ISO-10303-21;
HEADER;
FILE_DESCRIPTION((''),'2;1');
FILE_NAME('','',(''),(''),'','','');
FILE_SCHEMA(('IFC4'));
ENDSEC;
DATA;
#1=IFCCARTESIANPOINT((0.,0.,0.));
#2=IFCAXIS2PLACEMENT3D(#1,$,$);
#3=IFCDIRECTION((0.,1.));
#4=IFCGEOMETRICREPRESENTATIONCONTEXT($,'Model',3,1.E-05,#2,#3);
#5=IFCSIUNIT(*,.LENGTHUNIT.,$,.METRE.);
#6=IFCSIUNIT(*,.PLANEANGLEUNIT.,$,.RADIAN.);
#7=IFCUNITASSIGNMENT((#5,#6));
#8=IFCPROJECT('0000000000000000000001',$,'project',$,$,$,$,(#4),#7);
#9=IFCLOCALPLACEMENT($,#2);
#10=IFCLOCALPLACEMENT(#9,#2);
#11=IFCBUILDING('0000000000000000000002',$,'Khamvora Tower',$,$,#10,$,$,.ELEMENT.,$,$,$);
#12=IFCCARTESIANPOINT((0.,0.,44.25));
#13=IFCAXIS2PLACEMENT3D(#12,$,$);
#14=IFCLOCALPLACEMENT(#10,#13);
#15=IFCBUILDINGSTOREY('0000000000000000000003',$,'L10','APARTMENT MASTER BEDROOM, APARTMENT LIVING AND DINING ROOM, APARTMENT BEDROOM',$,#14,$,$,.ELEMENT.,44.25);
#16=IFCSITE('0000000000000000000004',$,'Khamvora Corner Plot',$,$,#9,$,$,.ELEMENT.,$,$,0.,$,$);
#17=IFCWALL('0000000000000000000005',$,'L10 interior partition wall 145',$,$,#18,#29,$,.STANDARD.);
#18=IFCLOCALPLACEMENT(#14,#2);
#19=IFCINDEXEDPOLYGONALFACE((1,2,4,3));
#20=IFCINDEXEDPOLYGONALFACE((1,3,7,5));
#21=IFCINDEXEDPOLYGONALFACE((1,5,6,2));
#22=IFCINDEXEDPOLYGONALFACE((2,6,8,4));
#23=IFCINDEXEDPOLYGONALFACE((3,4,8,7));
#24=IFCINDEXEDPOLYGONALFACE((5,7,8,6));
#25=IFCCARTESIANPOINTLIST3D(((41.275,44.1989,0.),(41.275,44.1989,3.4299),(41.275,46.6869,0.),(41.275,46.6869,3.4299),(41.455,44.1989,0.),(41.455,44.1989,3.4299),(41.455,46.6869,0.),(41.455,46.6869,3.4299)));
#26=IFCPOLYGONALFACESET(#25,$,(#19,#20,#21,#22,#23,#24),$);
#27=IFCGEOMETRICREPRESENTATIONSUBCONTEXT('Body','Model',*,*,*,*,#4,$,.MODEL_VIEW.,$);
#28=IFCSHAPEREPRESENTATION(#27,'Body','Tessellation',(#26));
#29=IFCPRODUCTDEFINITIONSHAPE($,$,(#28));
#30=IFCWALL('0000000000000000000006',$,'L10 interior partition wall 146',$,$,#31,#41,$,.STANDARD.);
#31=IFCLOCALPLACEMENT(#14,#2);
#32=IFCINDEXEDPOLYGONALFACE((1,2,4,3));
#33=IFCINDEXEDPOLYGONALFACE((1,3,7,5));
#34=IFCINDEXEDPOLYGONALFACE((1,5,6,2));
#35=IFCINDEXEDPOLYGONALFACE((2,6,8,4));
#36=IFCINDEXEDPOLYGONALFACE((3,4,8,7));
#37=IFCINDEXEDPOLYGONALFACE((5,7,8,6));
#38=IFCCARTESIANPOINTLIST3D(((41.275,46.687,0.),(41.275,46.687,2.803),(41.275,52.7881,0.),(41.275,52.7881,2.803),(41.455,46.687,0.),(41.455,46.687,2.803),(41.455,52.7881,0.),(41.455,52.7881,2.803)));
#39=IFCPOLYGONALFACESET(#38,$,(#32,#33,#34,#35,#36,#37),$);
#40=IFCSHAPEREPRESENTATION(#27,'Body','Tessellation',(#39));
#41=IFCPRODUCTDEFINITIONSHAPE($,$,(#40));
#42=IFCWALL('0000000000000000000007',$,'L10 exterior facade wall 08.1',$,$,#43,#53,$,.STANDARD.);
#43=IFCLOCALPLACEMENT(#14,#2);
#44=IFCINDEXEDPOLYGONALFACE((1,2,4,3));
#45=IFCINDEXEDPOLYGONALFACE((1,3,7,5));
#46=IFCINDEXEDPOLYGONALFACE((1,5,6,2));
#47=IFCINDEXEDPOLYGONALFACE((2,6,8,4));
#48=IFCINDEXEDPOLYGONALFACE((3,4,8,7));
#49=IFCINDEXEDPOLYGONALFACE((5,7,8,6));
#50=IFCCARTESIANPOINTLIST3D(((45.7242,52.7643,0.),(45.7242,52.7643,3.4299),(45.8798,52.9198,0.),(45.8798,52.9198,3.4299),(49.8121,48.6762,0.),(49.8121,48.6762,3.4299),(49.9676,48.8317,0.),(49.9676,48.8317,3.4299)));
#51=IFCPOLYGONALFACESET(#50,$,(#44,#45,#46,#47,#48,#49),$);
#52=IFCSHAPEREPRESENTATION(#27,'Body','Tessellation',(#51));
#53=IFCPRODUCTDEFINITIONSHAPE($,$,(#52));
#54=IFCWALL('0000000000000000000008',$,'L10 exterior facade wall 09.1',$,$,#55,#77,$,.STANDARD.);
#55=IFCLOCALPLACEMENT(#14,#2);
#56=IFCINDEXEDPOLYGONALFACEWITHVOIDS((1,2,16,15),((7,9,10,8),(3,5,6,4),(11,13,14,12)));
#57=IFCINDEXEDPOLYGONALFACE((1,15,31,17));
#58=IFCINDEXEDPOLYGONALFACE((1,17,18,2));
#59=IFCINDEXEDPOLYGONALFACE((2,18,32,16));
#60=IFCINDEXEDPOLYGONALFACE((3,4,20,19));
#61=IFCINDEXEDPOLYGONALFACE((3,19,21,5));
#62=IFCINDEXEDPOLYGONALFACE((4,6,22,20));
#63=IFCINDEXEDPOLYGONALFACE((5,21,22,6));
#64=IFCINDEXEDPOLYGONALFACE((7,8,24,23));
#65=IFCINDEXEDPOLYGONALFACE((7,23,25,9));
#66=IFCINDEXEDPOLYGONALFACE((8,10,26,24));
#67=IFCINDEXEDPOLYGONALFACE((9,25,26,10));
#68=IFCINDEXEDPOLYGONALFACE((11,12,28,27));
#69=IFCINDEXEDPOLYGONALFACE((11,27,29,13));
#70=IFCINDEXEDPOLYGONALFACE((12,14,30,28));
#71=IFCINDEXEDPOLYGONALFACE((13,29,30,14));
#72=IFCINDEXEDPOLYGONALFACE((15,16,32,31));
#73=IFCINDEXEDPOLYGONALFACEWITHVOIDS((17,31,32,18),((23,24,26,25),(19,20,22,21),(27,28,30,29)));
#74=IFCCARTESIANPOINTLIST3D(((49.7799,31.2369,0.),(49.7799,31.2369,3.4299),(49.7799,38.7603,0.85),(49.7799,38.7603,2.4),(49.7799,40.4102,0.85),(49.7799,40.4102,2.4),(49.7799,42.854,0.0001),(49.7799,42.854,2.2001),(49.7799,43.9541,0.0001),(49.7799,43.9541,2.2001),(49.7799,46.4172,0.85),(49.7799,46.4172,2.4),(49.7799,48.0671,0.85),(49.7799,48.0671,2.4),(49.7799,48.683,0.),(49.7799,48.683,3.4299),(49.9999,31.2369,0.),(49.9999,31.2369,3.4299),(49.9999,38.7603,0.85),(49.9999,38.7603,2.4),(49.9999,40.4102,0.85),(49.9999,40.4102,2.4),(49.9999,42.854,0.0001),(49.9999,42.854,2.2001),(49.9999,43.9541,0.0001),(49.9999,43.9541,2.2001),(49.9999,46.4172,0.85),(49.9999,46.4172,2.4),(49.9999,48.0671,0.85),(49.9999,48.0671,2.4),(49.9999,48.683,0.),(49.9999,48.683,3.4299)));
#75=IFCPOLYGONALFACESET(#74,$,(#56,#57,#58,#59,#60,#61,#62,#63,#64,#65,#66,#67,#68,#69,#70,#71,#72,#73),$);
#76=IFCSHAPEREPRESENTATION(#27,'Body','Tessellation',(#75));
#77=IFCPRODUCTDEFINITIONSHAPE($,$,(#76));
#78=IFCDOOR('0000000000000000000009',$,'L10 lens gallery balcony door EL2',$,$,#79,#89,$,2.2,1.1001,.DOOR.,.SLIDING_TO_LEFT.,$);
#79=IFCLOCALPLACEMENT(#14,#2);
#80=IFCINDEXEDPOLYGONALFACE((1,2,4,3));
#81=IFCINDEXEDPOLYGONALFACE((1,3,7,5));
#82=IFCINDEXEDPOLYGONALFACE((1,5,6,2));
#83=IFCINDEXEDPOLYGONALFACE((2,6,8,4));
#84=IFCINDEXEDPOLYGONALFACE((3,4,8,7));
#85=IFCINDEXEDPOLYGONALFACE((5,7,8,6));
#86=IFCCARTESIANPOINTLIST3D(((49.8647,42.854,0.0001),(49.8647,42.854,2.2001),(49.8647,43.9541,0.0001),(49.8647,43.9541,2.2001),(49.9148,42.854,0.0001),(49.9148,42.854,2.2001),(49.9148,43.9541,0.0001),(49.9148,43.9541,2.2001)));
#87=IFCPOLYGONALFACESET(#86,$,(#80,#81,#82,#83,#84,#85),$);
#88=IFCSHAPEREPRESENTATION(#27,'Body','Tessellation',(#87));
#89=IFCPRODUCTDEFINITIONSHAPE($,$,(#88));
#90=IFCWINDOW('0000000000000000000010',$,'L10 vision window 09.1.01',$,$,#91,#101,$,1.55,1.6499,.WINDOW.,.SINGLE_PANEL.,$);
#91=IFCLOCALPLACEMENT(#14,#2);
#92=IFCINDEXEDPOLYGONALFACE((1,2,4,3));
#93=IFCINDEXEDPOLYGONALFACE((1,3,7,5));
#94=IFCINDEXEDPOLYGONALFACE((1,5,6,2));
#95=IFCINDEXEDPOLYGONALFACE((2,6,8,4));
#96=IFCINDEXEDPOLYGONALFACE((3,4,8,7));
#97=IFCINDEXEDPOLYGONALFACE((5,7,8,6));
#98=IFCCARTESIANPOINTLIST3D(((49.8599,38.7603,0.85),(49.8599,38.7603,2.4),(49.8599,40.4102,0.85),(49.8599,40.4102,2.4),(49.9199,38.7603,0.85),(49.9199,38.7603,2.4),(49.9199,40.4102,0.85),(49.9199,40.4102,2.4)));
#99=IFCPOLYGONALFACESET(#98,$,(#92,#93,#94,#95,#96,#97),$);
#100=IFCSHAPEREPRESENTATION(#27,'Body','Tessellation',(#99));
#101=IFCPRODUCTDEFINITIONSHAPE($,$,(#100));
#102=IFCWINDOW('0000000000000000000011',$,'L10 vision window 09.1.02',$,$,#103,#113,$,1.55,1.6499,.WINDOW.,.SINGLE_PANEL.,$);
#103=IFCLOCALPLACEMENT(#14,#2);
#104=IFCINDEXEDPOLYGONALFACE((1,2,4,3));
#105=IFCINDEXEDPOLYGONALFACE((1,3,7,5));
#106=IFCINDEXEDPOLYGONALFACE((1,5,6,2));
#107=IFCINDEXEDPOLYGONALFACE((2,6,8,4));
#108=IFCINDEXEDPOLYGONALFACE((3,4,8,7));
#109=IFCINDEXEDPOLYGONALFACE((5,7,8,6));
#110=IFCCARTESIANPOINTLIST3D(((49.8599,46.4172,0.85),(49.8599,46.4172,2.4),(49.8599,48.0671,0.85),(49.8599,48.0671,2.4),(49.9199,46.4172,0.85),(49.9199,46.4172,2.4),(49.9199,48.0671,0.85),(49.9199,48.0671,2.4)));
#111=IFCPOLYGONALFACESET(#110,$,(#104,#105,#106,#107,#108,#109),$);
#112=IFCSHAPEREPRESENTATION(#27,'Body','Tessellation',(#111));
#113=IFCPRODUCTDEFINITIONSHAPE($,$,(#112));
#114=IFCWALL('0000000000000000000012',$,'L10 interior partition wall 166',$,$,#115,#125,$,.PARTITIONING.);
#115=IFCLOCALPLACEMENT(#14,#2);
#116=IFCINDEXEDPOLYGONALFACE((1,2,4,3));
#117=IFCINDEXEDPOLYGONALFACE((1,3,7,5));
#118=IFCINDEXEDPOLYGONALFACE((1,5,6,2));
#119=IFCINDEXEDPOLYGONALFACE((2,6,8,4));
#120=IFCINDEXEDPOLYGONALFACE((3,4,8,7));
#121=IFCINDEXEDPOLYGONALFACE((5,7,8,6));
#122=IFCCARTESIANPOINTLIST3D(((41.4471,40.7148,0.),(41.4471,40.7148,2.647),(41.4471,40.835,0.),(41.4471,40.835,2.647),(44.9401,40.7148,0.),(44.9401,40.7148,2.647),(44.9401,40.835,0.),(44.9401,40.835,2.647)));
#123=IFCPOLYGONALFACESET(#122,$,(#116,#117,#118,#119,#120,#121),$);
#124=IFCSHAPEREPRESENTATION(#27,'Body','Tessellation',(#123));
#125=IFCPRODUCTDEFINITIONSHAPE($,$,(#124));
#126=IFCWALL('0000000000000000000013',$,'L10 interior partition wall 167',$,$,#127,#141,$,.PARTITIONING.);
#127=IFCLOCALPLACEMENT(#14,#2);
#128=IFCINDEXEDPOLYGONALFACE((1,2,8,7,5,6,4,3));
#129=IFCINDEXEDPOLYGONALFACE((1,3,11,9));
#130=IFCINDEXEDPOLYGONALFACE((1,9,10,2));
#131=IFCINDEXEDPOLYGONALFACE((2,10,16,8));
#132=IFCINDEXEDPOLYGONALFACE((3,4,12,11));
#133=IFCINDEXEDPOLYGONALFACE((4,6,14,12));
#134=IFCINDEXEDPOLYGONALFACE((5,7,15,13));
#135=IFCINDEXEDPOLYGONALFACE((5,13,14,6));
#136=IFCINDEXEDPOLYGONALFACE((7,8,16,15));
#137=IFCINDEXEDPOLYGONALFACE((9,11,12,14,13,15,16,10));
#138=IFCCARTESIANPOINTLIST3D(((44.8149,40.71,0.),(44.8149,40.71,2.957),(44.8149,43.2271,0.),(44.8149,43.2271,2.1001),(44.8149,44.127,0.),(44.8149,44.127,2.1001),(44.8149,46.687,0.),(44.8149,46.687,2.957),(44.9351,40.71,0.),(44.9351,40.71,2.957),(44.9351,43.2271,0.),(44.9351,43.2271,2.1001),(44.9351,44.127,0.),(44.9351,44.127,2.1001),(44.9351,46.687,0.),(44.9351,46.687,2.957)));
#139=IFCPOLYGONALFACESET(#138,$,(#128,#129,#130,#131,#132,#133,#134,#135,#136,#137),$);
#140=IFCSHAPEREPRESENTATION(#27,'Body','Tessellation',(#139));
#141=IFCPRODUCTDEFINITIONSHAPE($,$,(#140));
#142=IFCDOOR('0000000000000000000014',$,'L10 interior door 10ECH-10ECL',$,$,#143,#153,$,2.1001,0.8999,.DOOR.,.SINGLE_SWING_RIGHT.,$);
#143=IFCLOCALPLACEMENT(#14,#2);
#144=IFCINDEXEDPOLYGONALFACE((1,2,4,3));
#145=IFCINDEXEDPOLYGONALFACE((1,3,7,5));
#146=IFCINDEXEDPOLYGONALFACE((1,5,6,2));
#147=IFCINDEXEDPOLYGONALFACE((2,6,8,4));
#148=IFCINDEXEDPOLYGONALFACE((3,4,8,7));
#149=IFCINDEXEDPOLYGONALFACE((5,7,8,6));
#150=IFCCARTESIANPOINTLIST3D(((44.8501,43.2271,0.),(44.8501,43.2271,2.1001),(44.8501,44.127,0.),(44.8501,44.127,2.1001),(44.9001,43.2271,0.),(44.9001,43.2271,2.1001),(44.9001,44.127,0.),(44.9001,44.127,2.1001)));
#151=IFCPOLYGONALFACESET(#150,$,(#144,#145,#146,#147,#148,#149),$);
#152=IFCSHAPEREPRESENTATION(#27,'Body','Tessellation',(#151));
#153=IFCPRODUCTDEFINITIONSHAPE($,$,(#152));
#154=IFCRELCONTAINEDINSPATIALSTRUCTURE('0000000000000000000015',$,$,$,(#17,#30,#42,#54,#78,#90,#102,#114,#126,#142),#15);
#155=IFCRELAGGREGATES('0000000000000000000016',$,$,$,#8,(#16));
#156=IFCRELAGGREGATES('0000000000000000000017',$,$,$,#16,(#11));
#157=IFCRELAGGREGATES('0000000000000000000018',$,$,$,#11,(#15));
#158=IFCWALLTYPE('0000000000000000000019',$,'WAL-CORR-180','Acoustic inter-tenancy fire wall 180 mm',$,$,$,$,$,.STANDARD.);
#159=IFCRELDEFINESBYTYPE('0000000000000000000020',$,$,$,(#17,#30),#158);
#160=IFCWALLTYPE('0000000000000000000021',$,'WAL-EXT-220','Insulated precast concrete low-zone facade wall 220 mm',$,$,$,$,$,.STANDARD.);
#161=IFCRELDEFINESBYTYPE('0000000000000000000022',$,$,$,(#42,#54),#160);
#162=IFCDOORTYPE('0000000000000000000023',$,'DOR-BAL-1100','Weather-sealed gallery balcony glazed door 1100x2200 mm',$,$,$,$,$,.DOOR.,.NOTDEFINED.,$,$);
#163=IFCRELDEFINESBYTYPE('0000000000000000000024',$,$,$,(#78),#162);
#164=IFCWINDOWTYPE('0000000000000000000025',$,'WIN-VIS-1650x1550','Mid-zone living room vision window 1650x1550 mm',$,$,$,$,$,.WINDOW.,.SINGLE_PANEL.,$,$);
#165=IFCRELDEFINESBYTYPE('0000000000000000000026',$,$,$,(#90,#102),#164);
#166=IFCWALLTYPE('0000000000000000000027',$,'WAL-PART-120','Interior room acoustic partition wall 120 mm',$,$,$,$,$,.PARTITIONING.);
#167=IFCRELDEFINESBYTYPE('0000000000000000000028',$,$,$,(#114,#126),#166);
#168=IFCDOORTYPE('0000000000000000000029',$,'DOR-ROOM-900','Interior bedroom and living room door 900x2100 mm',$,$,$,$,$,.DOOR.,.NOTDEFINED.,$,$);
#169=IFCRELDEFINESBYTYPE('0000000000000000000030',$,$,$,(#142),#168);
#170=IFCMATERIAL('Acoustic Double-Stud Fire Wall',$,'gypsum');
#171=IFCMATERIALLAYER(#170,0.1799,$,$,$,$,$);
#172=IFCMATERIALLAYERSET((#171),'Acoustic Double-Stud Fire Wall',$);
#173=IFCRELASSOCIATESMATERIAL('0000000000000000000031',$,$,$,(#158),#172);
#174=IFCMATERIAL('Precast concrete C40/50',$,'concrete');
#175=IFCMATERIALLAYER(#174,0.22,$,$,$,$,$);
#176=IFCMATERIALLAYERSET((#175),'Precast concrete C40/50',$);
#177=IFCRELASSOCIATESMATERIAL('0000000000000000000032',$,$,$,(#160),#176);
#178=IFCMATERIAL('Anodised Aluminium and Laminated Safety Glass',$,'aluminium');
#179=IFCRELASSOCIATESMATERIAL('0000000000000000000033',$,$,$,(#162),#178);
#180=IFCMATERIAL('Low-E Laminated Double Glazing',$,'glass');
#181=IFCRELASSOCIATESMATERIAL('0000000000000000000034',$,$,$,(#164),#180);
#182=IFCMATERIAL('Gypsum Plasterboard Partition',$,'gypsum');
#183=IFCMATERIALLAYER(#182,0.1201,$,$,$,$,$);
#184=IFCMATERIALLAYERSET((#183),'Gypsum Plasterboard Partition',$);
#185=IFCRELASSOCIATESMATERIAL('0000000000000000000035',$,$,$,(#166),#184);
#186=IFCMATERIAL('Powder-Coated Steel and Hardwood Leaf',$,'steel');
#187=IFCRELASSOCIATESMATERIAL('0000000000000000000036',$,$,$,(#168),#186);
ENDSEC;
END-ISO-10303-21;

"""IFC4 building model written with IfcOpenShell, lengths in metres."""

from ifc_helpers import new_model, si_unit, direction, frame, frame_2d, origin, place, context, subcontext, project, spatial, rectangle, extrude, material, layer, layer_set, type_object, element, fill, save


model = new_model("IFC4")

# Units and contexts
model_context = context("Model", 3, precision=1e-05, world=origin(), true_north=direction((0.0, 1.0)))
body_context = subcontext(model_context, "Body", "Model", "MODEL_VIEW")
ifc_project = project(units=[si_unit("LENGTHUNIT", "METRE"), si_unit("PLANEANGLEUNIT", "RADIAN")], contexts=[model_context])

# Site, building, storey
site_placement = place(None, origin())
site = spatial("IfcSite", under=ifc_project, at=site_placement, Name="Khamvora Corner Plot", CompositionType="ELEMENT", RefElevation=0.0)
building_placement = place(site_placement, origin())
building = spatial("IfcBuilding", under=site, at=building_placement, Name="Khamvora Tower", CompositionType="ELEMENT")
storey_placement = place(building_placement, frame((0.0, 0.0, 44.25)))
storey = spatial("IfcBuildingStorey", under=building, at=storey_placement, Name="L10", Description="APARTMENT MASTER BEDROOM, APARTMENT LIVING AND DINING ROOM, APARTMENT BEDROOM", CompositionType="ELEMENT", Elevation=44.25)

# Walls
ifc_material_1 = material(Name="Acoustic Double-Stud Fire Wall", Category="gypsum")
ifc_layer_1 = layer(ifc_material_1, 0.1799)
ifc_layer_set_1 = layer_set([ifc_layer_1], Name="Acoustic Double-Stud Fire Wall")
wall_type_1 = type_object("IfcWallType", Name="WAL-CORR-180", Description="Acoustic inter-tenancy fire wall 180 mm", PredefinedType="STANDARD", material=ifc_layer_set_1)
wall_1_placement = place(storey_placement, frame((41.365, 46.687, 0.0), z_axis=(0.0, 0.0, 1.0), x_axis=(0.0, -1.0, 0.0)))
element("IfcWall", 1, at=wall_1_placement, inside=storey, type_object=wall_type_1, Name="L10 interior partition wall 145", PredefinedType="STANDARD", context=body_context, shape_type="SweptSolid", body=[
    extrude(rectangle(XDim=2.488, YDim=0.1799, at=frame_2d((1.2441, 0.0))), origin(), (0.0, 0.0, 1.0), 3.4299),
])
wall_2_placement = place(storey_placement, frame((41.365, 52.7881, 0.0), z_axis=(0.0, 0.0, 1.0), x_axis=(0.0, -1.0, 0.0)))
element("IfcWall", 2, at=wall_2_placement, inside=storey, type_object=wall_type_1, Name="L10 interior partition wall 146", PredefinedType="STANDARD", context=body_context, shape_type="SweptSolid", body=[
    extrude(rectangle(XDim=6.1011, YDim=0.1799, at=frame_2d((3.0505, 0.0))), origin(), (0.0, 0.0, 1.0), 2.803),
])
ifc_material_2 = material(Name="Precast concrete C40/50", Category="concrete")
ifc_layer_2 = layer(ifc_material_2, 0.22)
ifc_layer_set_2 = layer_set([ifc_layer_2], Name="Precast concrete C40/50")
wall_type_2 = type_object("IfcWallType", Name="WAL-EXT-220", Description="Insulated precast concrete low-zone facade wall 220 mm", PredefinedType="STANDARD", material=ifc_layer_set_2)
wall_3_placement = place(storey_placement, frame((45.802, 52.842, 0.0), z_axis=(0.0, 0.0, 1.0), x_axis=(0.707086, -0.707128, 0.0)))
element("IfcWall", 3, at=wall_3_placement, inside=storey, type_object=wall_type_2, Name="L10 exterior facade wall 08.1", PredefinedType="STANDARD", context=body_context, shape_type="SweptSolid", body=[
    extrude(rectangle(XDim=5.7812, YDim=0.22, at=frame_2d((2.8906, 0.0))), origin(), (0.0, 0.0, 1.0), 3.4299),
])

# Wall, openings, door, windows
wall_4_placement = place(storey_placement, frame((49.8899, 48.6831, 0.0), z_axis=(0.0, 0.0, 1.0), x_axis=(0.0, -1.0, 0.0)))
wall_4 = element("IfcWall", 4, at=wall_4_placement, inside=storey, type_object=wall_type_2, Name="L10 exterior facade wall 09.1", PredefinedType="STANDARD", context=body_context, shape_type="SweptSolid", body=[
    extrude(rectangle(XDim=17.446, YDim=0.22, at=frame_2d((8.7231, 0.0))), origin(), (0.0, 0.0, 1.0), 3.4299),
])
opening_1_placement = place(wall_4_placement, frame((4.729, 0.0, 0.0)))
opening_1 = element("IfcOpeningElement", 5, at=opening_1_placement, cuts=wall_4, PredefinedType="OPENING", context=body_context, shape_type="SweptSolid", body=[
    extrude(rectangle(XDim=1.1001, YDim=2.2, at=frame_2d((0.55, 1.1001))), frame((0.0, 0.1199, 0.0), z_axis=(0.0, -1.0, 0.0), x_axis=(1.0, 0.0, 0.0)), (0.0, 0.0, 1.0), 0.24),
])
opening_2_placement = place(wall_4_placement, frame((8.2729, 0.0, 0.8501)))
opening_2 = element("IfcOpeningElement", 6, at=opening_2_placement, cuts=wall_4, PredefinedType="OPENING", context=body_context, shape_type="SweptSolid", body=[
    extrude(rectangle(XDim=1.6499, YDim=1.55, at=frame_2d((0.825, 0.7749))), frame((0.0, 0.1199, 0.0), z_axis=(0.0, -1.0, 0.0), x_axis=(1.0, 0.0, 0.0)), (0.0, 0.0, 1.0), 0.24),
])
opening_3_placement = place(wall_4_placement, frame((0.616, 0.0, 0.8501)))
opening_3 = element("IfcOpeningElement", 7, at=opening_3_placement, cuts=wall_4, PredefinedType="OPENING", context=body_context, shape_type="SweptSolid", body=[
    extrude(rectangle(XDim=1.6499, YDim=1.55, at=frame_2d((0.825, 0.7749))), frame((0.0, 0.1199, 0.0), z_axis=(0.0, -1.0, 0.0), x_axis=(1.0, 0.0, 0.0)), (0.0, 0.0, 1.0), 0.24),
])
ifc_material_3 = material(Name="Anodised Aluminium and Laminated Safety Glass", Category="aluminium")
door_type_1 = type_object("IfcDoorType", Name="DOR-BAL-1100", Description="Weather-sealed gallery balcony glazed door 1100x2200 mm", OperationType="NOTDEFINED", PredefinedType="DOOR", material=ifc_material_3)
door_1_placement = place(opening_1_placement, origin())
door_1 = element("IfcDoor", 8, at=door_1_placement, inside=storey, type_object=door_type_1, Name="L10 lens gallery balcony door EL2", OperationType="SLIDING_TO_LEFT", OverallHeight=2.2, OverallWidth=1.1001, PredefinedType="DOOR", context=body_context, shape_type="SweptSolid", body=[
    extrude(rectangle(XDim=1.1001, YDim=2.2, at=frame_2d((0.55, 1.1001))), frame((0.0, 0.0249, 0.0), z_axis=(0.0, -1.0, 0.0), x_axis=(1.0, 0.0, 0.0)), (0.0, 0.0, 1.0), 0.05),
])
fill(opening_1, door_1)
ifc_material_4 = material(Name="Low-E Laminated Double Glazing", Category="glass")
window_type = type_object("IfcWindowType", Name="WIN-VIS-1650x1550", Description="Mid-zone living room vision window 1650x1550 mm", PartitioningType="SINGLE_PANEL", PredefinedType="WINDOW", material=ifc_material_4)
window_1_placement = place(opening_2_placement, origin())
window_1 = element("IfcWindow", 9, at=window_1_placement, inside=storey, type_object=window_type, Name="L10 vision window 09.1.01", OverallHeight=1.55, OverallWidth=1.6499, PartitioningType="SINGLE_PANEL", PredefinedType="WINDOW", context=body_context, shape_type="SweptSolid", body=[
    extrude(rectangle(XDim=1.6499, YDim=1.55, at=frame_2d((0.825, 0.7749))), frame((0.0, 0.03, 0.0), z_axis=(0.0, -1.0, 0.0), x_axis=(1.0, 0.0, 0.0)), (0.0, 0.0, 1.0), 0.0601),
])
fill(opening_2, window_1)
window_2_placement = place(opening_3_placement, origin())
window_2 = element("IfcWindow", 10, at=window_2_placement, inside=storey, type_object=window_type, Name="L10 vision window 09.1.02", OverallHeight=1.55, OverallWidth=1.6499, PartitioningType="SINGLE_PANEL", PredefinedType="WINDOW", context=body_context, shape_type="SweptSolid", body=[
    extrude(rectangle(XDim=1.6499, YDim=1.55, at=frame_2d((0.825, 0.7749))), frame((0.0, 0.03, 0.0), z_axis=(0.0, -1.0, 0.0), x_axis=(1.0, 0.0, 0.0)), (0.0, 0.0, 1.0), 0.0601),
])
fill(opening_3, window_2)

# Wall
ifc_material_5 = material(Name="Gypsum Plasterboard Partition", Category="gypsum")
ifc_layer_3 = layer(ifc_material_5, 0.1201)
ifc_layer_set_3 = layer_set([ifc_layer_3], Name="Gypsum Plasterboard Partition")
wall_type_3 = type_object("IfcWallType", Name="WAL-PART-120", Description="Interior room acoustic partition wall 120 mm", PredefinedType="PARTITIONING", material=ifc_layer_set_3)
wall_5_placement = place(storey_placement, frame((41.447, 40.7749, 0.0), z_axis=(0.0, 0.0, 1.0), x_axis=(1.0, 0.0, 0.0)))
element("IfcWall", 11, at=wall_5_placement, inside=storey, type_object=wall_type_3, Name="L10 interior partition wall 166", PredefinedType="PARTITIONING", context=body_context, shape_type="SweptSolid", body=[
    extrude(rectangle(XDim=3.4929, YDim=0.1201, at=frame_2d((1.7466, 0.0))), origin(), (0.0, 0.0, 1.0), 2.647),
])

# Wall, opening, door
wall_6_placement = place(storey_placement, frame((44.875, 40.71, 0.0), z_axis=(0.0, 0.0, 1.0), x_axis=(0.0, 1.0, 0.0)))
wall_6 = element("IfcWall", 12, at=wall_6_placement, inside=storey, type_object=wall_type_3, Name="L10 interior partition wall 167", PredefinedType="PARTITIONING", context=body_context, shape_type="SweptSolid", body=[
    extrude(rectangle(XDim=5.9771, YDim=0.1201, at=frame_2d((2.9885, 0.0))), origin(), (0.0, 0.0, 1.0), 2.957),
])
opening_4_placement = place(wall_6_placement, frame((2.5171, 0.0, 0.0)))
opening_4 = element("IfcOpeningElement", 13, at=opening_4_placement, cuts=wall_6, PredefinedType="OPENING", context=body_context, shape_type="SweptSolid", body=[
    extrude(rectangle(XDim=0.8999, YDim=2.1001, at=frame_2d((0.45, 1.05))), frame((0.0, 0.0701, 0.0), z_axis=(0.0, -1.0, 0.0), x_axis=(1.0, 0.0, 0.0)), (0.0, 0.0, 1.0), 0.1401),
])
ifc_material_6 = material(Name="Powder-Coated Steel and Hardwood Leaf", Category="steel")
door_type_2 = type_object("IfcDoorType", Name="DOR-ROOM-900", Description="Interior bedroom and living room door 900x2100 mm", OperationType="NOTDEFINED", PredefinedType="DOOR", material=ifc_material_6)
door_2_placement = place(opening_4_placement, origin())
door_2 = element("IfcDoor", 14, at=door_2_placement, inside=storey, type_object=door_type_2, Name="L10 interior door 10ECH-10ECL", OperationType="SINGLE_SWING_RIGHT", OverallHeight=2.1001, OverallWidth=0.8999, PredefinedType="DOOR", context=body_context, shape_type="SweptSolid", body=[
    extrude(rectangle(XDim=0.8999, YDim=2.1001, at=frame_2d((0.45, 1.05))), frame((0.0, 0.0249, 0.0), z_axis=(0.0, -1.0, 0.0), x_axis=(1.0, 0.0, 0.0)), (0.0, 0.0, 1.0), 0.05),
])
fill(opening_4, door_2)

save(model, "model.ifc")
